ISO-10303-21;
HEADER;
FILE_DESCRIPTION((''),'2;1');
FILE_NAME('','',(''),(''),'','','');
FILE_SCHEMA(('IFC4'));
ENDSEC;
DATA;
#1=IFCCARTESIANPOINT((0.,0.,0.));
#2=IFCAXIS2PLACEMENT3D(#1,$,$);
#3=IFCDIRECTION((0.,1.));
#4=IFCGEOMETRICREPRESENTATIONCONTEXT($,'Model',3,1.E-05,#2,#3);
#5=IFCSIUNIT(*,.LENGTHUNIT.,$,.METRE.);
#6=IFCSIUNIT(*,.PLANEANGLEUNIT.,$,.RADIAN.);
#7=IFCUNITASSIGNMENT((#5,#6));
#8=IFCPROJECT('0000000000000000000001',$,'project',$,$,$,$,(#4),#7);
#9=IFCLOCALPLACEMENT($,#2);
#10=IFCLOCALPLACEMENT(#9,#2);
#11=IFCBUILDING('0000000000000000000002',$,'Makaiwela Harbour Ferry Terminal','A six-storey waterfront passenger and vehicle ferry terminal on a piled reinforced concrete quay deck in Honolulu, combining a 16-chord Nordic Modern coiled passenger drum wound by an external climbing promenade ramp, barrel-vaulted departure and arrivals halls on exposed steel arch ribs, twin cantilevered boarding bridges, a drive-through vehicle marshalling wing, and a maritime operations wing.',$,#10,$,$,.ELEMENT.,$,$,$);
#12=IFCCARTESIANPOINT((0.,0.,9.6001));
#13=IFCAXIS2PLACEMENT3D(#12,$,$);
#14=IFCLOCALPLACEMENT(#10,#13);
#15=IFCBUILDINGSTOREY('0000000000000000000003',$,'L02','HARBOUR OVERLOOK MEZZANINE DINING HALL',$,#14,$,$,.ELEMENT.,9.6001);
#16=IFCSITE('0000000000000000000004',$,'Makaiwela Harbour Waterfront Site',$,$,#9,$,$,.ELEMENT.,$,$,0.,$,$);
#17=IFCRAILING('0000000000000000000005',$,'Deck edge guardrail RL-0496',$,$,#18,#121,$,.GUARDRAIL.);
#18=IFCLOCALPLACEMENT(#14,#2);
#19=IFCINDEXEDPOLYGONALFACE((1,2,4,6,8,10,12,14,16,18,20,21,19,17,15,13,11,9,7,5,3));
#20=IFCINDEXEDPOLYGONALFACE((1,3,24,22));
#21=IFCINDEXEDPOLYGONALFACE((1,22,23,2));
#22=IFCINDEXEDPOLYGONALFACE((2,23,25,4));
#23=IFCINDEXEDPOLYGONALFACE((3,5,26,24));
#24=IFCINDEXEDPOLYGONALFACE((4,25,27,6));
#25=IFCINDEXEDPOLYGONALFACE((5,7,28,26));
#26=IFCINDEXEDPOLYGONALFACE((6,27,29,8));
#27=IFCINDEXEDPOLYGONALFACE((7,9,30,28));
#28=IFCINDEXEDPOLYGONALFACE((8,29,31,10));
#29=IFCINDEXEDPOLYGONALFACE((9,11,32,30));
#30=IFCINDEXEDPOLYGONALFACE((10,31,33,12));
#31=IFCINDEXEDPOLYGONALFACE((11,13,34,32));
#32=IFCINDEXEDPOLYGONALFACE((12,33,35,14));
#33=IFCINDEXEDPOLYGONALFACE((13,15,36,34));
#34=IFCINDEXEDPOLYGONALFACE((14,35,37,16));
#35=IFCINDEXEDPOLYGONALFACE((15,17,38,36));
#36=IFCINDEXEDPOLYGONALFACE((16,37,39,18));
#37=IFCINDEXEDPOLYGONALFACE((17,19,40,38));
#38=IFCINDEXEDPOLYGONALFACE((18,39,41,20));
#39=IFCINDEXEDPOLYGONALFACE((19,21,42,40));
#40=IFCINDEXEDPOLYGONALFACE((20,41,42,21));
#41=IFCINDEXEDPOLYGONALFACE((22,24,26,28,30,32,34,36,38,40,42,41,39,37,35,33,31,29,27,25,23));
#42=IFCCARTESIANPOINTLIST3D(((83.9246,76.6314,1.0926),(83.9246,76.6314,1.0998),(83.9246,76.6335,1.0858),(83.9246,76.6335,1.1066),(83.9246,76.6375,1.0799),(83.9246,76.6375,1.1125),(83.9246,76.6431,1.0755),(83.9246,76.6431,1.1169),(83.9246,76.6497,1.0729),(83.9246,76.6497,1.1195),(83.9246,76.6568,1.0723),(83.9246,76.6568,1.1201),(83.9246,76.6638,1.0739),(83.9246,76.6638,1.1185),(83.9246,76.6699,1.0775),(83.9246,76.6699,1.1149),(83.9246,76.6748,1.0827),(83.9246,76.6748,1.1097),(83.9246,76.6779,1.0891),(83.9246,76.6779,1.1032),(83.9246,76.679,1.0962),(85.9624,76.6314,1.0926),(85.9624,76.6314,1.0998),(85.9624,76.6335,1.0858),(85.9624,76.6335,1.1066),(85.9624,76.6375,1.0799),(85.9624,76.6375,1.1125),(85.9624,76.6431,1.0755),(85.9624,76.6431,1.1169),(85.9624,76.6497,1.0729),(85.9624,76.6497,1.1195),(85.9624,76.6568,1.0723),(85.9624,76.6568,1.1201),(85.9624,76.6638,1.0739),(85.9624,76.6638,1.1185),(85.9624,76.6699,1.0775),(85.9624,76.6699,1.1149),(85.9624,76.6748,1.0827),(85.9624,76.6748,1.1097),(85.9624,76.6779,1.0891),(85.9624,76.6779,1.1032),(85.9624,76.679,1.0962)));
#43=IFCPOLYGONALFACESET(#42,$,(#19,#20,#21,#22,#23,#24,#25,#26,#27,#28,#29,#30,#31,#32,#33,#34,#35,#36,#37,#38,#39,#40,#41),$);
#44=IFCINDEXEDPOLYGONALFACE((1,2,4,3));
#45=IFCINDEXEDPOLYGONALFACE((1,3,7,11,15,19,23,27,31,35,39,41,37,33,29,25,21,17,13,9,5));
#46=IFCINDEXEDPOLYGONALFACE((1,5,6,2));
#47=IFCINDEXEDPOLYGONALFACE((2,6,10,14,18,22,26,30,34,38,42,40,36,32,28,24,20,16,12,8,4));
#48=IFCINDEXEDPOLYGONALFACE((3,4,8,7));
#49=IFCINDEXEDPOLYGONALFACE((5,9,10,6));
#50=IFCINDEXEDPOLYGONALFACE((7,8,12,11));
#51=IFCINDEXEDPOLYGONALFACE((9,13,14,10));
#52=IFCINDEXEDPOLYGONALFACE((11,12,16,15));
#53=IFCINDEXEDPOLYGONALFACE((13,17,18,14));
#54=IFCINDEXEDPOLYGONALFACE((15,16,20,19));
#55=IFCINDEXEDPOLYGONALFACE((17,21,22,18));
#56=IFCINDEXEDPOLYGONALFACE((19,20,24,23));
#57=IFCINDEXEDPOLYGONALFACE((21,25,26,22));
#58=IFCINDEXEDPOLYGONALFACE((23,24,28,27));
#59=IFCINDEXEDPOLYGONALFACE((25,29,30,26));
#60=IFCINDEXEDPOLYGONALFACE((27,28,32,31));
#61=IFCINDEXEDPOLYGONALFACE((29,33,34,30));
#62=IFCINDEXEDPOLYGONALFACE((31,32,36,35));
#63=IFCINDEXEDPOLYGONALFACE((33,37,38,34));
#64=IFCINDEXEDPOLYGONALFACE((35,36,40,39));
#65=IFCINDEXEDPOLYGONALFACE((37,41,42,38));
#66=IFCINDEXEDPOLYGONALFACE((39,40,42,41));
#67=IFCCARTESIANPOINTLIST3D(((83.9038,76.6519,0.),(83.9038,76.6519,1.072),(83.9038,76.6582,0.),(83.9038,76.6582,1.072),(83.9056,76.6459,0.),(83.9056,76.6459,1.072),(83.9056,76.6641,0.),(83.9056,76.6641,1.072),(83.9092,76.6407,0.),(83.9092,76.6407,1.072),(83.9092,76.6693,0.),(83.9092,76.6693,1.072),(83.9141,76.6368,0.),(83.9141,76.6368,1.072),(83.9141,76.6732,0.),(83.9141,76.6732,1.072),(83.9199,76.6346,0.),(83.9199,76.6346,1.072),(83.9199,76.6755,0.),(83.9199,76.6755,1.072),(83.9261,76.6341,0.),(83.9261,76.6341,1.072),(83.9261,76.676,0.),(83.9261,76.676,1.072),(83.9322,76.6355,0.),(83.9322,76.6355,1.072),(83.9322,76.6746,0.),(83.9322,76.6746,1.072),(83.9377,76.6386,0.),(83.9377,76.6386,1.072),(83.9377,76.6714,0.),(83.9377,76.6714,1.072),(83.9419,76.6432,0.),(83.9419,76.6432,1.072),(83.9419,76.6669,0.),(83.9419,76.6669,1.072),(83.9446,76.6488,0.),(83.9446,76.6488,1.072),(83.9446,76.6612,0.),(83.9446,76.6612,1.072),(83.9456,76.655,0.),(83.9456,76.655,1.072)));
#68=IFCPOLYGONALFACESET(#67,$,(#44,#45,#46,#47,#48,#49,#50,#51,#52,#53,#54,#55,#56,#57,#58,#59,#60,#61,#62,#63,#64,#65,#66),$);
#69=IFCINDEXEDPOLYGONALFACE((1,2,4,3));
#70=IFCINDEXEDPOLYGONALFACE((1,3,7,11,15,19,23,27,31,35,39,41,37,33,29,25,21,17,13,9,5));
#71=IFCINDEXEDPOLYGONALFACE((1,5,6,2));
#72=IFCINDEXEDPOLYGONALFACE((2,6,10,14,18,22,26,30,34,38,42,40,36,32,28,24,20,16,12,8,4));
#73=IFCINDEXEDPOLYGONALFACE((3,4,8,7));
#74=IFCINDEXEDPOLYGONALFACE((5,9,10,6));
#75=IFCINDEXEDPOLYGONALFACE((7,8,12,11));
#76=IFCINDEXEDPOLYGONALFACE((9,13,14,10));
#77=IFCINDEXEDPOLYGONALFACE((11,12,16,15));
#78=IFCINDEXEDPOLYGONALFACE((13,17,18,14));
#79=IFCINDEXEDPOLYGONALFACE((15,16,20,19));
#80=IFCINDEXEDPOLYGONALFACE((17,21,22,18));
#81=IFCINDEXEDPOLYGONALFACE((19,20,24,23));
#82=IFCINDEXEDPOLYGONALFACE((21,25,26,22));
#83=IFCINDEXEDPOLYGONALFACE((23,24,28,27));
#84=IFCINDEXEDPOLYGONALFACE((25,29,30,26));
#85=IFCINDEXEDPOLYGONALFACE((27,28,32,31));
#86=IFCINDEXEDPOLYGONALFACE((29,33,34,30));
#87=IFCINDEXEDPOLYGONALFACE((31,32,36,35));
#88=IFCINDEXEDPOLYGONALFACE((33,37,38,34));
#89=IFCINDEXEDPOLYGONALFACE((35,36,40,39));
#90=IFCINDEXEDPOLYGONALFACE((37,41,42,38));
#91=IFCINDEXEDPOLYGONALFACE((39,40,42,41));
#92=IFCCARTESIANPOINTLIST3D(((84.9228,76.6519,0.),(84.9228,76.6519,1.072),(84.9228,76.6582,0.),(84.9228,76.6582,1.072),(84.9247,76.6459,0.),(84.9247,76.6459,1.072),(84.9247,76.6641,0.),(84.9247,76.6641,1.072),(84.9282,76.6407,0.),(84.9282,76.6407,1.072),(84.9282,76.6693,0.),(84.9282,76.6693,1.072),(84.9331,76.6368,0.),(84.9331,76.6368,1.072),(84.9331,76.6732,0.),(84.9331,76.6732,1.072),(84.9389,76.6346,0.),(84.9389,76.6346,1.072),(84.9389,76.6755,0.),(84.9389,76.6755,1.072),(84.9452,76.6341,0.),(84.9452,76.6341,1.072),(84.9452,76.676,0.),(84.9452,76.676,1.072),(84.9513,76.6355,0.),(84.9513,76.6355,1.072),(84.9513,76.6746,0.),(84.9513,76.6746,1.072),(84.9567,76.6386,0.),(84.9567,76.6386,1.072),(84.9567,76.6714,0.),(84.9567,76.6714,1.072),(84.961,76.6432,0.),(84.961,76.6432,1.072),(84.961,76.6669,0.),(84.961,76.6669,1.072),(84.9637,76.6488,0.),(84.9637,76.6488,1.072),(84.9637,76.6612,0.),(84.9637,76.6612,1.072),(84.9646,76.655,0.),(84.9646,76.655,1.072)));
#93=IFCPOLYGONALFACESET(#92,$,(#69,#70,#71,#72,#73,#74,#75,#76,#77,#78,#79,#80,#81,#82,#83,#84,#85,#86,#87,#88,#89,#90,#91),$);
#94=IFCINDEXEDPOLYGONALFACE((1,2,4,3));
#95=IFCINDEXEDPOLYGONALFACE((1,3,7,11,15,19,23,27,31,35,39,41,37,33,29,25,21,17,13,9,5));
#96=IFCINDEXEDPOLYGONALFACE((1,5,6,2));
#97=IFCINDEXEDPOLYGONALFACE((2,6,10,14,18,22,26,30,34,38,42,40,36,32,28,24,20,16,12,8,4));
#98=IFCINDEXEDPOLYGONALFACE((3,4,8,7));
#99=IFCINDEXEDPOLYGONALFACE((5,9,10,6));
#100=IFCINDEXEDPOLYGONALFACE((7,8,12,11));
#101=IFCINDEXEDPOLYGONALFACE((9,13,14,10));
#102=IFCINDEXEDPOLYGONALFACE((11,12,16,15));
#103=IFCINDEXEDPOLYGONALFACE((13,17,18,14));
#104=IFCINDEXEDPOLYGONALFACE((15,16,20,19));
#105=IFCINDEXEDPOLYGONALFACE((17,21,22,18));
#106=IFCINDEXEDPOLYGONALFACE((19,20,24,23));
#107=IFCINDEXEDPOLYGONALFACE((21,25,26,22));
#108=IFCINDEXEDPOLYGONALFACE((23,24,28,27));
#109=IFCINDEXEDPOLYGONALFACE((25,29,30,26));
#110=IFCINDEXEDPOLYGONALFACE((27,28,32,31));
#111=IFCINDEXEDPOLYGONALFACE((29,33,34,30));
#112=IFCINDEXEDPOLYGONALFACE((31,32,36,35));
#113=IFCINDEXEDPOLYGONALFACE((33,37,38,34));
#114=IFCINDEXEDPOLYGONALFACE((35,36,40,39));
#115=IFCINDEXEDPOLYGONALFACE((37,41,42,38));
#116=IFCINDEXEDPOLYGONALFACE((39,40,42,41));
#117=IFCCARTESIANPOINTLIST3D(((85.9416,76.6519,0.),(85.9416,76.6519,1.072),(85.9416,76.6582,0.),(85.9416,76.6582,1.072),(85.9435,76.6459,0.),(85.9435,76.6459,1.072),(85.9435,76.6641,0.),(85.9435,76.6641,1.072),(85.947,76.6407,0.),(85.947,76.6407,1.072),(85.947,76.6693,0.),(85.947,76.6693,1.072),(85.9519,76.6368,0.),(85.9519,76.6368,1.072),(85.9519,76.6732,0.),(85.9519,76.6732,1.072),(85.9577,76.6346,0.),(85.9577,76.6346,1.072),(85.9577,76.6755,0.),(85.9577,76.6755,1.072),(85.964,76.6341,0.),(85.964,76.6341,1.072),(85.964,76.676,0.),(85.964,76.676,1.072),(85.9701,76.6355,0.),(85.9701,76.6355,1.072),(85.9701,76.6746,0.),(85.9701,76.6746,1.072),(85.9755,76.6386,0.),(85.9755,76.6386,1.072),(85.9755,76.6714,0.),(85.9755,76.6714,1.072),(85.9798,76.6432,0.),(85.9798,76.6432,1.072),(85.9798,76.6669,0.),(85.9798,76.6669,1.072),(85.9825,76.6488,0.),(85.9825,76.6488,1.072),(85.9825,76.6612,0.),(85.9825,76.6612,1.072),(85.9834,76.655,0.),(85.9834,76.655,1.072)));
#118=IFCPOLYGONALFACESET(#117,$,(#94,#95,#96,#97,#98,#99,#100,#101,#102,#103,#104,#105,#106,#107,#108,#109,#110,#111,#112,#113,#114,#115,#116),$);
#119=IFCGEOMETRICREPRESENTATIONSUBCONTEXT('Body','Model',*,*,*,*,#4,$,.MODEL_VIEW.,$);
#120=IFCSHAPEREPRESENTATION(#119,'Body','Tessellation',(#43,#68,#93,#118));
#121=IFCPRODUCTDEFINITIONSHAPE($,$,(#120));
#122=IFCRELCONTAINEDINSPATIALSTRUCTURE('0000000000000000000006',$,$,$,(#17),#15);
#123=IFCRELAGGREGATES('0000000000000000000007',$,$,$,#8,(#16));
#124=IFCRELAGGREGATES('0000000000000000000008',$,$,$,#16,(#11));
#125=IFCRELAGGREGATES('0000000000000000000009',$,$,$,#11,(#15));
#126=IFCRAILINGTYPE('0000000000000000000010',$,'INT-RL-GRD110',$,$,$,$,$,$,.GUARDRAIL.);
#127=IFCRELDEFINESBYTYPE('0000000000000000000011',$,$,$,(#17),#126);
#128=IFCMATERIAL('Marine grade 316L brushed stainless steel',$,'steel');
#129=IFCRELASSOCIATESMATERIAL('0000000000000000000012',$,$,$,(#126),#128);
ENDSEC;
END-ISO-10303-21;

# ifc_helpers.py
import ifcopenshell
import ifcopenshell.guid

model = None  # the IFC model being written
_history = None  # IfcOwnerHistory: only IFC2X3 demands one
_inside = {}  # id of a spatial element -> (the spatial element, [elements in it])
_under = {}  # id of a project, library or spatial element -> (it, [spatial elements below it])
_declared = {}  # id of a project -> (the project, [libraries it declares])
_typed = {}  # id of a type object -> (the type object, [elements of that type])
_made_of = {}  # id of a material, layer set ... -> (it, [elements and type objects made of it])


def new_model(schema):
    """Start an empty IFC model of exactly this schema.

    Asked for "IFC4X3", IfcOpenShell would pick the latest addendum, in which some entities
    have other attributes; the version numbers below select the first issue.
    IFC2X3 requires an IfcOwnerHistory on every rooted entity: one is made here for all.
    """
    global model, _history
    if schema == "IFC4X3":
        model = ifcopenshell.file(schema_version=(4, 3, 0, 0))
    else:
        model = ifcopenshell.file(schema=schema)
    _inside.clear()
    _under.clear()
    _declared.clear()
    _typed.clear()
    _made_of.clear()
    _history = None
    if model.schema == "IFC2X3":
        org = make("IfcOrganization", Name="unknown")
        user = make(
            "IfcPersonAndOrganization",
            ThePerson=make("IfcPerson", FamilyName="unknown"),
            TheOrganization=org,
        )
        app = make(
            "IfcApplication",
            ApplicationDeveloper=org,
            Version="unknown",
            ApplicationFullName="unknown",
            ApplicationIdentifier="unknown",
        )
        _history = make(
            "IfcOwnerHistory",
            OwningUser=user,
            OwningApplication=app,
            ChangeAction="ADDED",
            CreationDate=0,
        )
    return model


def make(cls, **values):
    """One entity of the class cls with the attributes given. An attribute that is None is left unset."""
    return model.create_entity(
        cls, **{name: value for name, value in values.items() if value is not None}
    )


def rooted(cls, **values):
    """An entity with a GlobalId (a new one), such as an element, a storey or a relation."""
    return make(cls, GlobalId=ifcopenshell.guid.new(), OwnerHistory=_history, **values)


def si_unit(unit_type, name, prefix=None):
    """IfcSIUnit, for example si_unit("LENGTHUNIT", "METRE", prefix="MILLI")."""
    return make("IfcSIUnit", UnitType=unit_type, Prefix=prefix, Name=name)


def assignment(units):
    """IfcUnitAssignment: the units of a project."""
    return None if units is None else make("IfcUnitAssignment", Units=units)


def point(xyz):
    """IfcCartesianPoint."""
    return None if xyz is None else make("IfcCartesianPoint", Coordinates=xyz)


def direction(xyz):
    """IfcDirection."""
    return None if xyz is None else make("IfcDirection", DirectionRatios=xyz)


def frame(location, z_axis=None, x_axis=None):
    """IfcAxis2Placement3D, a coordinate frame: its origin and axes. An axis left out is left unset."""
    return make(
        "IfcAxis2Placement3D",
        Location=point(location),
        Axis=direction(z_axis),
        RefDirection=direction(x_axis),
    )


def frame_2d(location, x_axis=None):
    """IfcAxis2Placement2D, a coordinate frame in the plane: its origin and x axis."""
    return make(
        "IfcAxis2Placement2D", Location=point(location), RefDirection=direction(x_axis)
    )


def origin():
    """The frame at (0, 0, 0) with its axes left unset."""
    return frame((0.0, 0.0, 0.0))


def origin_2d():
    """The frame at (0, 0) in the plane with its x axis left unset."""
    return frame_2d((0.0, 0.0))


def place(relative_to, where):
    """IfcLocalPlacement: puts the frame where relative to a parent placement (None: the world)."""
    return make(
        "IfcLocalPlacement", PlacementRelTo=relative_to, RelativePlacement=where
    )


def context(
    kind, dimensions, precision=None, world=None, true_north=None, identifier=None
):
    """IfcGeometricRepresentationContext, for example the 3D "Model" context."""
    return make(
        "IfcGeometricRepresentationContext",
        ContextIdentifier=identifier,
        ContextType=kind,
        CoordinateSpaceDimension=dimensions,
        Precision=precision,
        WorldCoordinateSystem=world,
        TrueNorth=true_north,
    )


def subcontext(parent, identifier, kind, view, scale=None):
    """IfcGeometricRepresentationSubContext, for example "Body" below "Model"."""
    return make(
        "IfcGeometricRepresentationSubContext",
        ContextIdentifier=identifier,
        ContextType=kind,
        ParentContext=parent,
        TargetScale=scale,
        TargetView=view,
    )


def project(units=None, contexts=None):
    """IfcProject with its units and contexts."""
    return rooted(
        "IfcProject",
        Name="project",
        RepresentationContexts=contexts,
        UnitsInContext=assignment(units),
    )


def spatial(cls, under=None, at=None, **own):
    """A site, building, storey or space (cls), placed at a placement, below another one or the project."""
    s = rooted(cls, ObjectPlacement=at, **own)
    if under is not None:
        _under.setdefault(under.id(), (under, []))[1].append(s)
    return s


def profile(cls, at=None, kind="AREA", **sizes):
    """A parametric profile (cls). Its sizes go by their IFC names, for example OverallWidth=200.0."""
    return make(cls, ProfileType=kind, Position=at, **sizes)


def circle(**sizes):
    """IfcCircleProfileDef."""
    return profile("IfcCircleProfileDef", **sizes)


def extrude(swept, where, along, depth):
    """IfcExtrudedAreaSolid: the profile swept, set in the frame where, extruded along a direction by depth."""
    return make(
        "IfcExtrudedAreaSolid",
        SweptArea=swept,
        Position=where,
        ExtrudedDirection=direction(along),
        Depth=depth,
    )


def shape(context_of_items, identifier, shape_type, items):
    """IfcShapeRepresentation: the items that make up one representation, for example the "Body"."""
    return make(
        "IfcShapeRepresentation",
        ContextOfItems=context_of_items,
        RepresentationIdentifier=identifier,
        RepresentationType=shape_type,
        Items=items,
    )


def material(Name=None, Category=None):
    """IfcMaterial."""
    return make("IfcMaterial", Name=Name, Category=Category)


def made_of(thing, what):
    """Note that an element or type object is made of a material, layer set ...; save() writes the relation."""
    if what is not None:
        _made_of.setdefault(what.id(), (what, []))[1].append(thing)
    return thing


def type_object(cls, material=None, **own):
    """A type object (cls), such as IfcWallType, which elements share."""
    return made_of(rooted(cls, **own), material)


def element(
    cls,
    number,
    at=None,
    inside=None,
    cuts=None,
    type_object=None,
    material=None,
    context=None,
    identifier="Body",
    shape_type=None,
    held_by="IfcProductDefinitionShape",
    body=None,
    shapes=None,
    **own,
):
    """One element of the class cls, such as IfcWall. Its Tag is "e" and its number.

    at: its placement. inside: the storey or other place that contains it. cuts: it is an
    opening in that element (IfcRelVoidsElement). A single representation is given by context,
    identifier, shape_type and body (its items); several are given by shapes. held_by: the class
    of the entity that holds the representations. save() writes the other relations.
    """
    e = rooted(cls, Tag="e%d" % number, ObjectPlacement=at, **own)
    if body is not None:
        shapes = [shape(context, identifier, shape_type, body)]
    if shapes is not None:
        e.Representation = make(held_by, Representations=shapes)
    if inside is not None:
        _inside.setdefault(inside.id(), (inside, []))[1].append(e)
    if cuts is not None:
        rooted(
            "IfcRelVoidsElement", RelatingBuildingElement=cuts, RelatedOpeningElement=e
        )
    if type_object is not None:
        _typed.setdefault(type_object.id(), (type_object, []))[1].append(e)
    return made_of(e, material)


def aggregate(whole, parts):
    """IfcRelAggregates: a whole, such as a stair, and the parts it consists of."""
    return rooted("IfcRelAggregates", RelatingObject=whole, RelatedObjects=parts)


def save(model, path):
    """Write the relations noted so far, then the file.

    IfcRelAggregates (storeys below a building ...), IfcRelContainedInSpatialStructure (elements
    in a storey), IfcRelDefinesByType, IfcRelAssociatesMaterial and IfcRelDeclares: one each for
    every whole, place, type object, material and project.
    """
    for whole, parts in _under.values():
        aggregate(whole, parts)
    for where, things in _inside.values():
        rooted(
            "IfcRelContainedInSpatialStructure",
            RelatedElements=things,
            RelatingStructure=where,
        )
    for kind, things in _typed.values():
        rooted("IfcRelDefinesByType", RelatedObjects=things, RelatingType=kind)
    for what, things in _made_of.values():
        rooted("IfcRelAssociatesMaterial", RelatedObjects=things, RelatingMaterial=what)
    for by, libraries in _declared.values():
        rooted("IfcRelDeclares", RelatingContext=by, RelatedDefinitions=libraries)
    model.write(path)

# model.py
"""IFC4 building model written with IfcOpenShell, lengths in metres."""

from ifc_helpers import new_model, si_unit, direction, frame, origin, origin_2d, place, context, subcontext, project, spatial, circle, extrude, material, type_object, element, save


model = new_model("IFC4")

# Units and contexts
model_context = context("Model", 3, precision=1e-05, world=origin(), true_north=direction((0.0, 1.0)))
body_context = subcontext(model_context, "Body", "Model", "MODEL_VIEW")
ifc_project = project(units=[si_unit("LENGTHUNIT", "METRE"), si_unit("PLANEANGLEUNIT", "RADIAN")], contexts=[model_context])

# Site, building, storey
site_placement = place(None, origin())
site = spatial("IfcSite", under=ifc_project, at=site_placement, Name="Makaiwela Harbour Waterfront Site", CompositionType="ELEMENT", RefElevation=0.0)
building_placement = place(site_placement, origin())
building = spatial("IfcBuilding", under=site, at=building_placement, Name="Makaiwela Harbour Ferry Terminal", Description="A six-storey waterfront passenger and vehicle ferry terminal on a piled reinforced concrete quay deck in Honolulu, combining a 16-chord Nordic Modern coiled passenger drum wound by an external climbing promenade ramp, barrel-vaulted departure and arrivals halls on exposed steel arch ribs, twin cantilevered boarding bridges, a drive-through vehicle marshalling wing, and a maritime operations wing.", CompositionType="ELEMENT")
storey_placement = place(building_placement, frame((0.0, 0.0, 9.6001)))
storey = spatial("IfcBuildingStorey", under=building, at=storey_placement, Name="L02", Description="HARBOUR OVERLOOK MEZZANINE DINING HALL", CompositionType="ELEMENT", Elevation=9.6001)

# Railing
ifc_material_1 = material(Name="Marine grade 316L brushed stainless steel", Category="steel")
railing_type = type_object("IfcRailingType", Name="INT-RL-GRD110", PredefinedType="GUARDRAIL", material=ifc_material_1)
railing_1_placement = place(storey_placement, frame((83.9246, 76.655, 0.0)))
element("IfcRailing", 1, at=railing_1_placement, inside=storey, type_object=railing_type, Name="Deck edge guardrail RL-0496", PredefinedType="GUARDRAIL", context=body_context, shape_type="SweptSolid", body=[
    extrude(circle(Radius=0.0239, at=origin_2d()), frame((0.0, 0.0, 1.0962), z_axis=(1.0, 0.0, 0.0), x_axis=(0.0, 1.0, 0.0)), (0.0, 0.0, 1.0), 2.0378),
    extrude(circle(Radius=0.021, at=origin_2d()), origin(), (0.0, 0.0, 1.0), 1.072),
    extrude(circle(Radius=0.021, at=origin_2d()), frame((1.019, 0.0, 0.0)), (0.0, 0.0, 1.0), 1.072),
    extrude(circle(Radius=0.021, at=origin_2d()), frame((2.0378, 0.0, 0.0)), (0.0, 0.0, 1.0), 1.072),
])

save(model, "model.ifc")
